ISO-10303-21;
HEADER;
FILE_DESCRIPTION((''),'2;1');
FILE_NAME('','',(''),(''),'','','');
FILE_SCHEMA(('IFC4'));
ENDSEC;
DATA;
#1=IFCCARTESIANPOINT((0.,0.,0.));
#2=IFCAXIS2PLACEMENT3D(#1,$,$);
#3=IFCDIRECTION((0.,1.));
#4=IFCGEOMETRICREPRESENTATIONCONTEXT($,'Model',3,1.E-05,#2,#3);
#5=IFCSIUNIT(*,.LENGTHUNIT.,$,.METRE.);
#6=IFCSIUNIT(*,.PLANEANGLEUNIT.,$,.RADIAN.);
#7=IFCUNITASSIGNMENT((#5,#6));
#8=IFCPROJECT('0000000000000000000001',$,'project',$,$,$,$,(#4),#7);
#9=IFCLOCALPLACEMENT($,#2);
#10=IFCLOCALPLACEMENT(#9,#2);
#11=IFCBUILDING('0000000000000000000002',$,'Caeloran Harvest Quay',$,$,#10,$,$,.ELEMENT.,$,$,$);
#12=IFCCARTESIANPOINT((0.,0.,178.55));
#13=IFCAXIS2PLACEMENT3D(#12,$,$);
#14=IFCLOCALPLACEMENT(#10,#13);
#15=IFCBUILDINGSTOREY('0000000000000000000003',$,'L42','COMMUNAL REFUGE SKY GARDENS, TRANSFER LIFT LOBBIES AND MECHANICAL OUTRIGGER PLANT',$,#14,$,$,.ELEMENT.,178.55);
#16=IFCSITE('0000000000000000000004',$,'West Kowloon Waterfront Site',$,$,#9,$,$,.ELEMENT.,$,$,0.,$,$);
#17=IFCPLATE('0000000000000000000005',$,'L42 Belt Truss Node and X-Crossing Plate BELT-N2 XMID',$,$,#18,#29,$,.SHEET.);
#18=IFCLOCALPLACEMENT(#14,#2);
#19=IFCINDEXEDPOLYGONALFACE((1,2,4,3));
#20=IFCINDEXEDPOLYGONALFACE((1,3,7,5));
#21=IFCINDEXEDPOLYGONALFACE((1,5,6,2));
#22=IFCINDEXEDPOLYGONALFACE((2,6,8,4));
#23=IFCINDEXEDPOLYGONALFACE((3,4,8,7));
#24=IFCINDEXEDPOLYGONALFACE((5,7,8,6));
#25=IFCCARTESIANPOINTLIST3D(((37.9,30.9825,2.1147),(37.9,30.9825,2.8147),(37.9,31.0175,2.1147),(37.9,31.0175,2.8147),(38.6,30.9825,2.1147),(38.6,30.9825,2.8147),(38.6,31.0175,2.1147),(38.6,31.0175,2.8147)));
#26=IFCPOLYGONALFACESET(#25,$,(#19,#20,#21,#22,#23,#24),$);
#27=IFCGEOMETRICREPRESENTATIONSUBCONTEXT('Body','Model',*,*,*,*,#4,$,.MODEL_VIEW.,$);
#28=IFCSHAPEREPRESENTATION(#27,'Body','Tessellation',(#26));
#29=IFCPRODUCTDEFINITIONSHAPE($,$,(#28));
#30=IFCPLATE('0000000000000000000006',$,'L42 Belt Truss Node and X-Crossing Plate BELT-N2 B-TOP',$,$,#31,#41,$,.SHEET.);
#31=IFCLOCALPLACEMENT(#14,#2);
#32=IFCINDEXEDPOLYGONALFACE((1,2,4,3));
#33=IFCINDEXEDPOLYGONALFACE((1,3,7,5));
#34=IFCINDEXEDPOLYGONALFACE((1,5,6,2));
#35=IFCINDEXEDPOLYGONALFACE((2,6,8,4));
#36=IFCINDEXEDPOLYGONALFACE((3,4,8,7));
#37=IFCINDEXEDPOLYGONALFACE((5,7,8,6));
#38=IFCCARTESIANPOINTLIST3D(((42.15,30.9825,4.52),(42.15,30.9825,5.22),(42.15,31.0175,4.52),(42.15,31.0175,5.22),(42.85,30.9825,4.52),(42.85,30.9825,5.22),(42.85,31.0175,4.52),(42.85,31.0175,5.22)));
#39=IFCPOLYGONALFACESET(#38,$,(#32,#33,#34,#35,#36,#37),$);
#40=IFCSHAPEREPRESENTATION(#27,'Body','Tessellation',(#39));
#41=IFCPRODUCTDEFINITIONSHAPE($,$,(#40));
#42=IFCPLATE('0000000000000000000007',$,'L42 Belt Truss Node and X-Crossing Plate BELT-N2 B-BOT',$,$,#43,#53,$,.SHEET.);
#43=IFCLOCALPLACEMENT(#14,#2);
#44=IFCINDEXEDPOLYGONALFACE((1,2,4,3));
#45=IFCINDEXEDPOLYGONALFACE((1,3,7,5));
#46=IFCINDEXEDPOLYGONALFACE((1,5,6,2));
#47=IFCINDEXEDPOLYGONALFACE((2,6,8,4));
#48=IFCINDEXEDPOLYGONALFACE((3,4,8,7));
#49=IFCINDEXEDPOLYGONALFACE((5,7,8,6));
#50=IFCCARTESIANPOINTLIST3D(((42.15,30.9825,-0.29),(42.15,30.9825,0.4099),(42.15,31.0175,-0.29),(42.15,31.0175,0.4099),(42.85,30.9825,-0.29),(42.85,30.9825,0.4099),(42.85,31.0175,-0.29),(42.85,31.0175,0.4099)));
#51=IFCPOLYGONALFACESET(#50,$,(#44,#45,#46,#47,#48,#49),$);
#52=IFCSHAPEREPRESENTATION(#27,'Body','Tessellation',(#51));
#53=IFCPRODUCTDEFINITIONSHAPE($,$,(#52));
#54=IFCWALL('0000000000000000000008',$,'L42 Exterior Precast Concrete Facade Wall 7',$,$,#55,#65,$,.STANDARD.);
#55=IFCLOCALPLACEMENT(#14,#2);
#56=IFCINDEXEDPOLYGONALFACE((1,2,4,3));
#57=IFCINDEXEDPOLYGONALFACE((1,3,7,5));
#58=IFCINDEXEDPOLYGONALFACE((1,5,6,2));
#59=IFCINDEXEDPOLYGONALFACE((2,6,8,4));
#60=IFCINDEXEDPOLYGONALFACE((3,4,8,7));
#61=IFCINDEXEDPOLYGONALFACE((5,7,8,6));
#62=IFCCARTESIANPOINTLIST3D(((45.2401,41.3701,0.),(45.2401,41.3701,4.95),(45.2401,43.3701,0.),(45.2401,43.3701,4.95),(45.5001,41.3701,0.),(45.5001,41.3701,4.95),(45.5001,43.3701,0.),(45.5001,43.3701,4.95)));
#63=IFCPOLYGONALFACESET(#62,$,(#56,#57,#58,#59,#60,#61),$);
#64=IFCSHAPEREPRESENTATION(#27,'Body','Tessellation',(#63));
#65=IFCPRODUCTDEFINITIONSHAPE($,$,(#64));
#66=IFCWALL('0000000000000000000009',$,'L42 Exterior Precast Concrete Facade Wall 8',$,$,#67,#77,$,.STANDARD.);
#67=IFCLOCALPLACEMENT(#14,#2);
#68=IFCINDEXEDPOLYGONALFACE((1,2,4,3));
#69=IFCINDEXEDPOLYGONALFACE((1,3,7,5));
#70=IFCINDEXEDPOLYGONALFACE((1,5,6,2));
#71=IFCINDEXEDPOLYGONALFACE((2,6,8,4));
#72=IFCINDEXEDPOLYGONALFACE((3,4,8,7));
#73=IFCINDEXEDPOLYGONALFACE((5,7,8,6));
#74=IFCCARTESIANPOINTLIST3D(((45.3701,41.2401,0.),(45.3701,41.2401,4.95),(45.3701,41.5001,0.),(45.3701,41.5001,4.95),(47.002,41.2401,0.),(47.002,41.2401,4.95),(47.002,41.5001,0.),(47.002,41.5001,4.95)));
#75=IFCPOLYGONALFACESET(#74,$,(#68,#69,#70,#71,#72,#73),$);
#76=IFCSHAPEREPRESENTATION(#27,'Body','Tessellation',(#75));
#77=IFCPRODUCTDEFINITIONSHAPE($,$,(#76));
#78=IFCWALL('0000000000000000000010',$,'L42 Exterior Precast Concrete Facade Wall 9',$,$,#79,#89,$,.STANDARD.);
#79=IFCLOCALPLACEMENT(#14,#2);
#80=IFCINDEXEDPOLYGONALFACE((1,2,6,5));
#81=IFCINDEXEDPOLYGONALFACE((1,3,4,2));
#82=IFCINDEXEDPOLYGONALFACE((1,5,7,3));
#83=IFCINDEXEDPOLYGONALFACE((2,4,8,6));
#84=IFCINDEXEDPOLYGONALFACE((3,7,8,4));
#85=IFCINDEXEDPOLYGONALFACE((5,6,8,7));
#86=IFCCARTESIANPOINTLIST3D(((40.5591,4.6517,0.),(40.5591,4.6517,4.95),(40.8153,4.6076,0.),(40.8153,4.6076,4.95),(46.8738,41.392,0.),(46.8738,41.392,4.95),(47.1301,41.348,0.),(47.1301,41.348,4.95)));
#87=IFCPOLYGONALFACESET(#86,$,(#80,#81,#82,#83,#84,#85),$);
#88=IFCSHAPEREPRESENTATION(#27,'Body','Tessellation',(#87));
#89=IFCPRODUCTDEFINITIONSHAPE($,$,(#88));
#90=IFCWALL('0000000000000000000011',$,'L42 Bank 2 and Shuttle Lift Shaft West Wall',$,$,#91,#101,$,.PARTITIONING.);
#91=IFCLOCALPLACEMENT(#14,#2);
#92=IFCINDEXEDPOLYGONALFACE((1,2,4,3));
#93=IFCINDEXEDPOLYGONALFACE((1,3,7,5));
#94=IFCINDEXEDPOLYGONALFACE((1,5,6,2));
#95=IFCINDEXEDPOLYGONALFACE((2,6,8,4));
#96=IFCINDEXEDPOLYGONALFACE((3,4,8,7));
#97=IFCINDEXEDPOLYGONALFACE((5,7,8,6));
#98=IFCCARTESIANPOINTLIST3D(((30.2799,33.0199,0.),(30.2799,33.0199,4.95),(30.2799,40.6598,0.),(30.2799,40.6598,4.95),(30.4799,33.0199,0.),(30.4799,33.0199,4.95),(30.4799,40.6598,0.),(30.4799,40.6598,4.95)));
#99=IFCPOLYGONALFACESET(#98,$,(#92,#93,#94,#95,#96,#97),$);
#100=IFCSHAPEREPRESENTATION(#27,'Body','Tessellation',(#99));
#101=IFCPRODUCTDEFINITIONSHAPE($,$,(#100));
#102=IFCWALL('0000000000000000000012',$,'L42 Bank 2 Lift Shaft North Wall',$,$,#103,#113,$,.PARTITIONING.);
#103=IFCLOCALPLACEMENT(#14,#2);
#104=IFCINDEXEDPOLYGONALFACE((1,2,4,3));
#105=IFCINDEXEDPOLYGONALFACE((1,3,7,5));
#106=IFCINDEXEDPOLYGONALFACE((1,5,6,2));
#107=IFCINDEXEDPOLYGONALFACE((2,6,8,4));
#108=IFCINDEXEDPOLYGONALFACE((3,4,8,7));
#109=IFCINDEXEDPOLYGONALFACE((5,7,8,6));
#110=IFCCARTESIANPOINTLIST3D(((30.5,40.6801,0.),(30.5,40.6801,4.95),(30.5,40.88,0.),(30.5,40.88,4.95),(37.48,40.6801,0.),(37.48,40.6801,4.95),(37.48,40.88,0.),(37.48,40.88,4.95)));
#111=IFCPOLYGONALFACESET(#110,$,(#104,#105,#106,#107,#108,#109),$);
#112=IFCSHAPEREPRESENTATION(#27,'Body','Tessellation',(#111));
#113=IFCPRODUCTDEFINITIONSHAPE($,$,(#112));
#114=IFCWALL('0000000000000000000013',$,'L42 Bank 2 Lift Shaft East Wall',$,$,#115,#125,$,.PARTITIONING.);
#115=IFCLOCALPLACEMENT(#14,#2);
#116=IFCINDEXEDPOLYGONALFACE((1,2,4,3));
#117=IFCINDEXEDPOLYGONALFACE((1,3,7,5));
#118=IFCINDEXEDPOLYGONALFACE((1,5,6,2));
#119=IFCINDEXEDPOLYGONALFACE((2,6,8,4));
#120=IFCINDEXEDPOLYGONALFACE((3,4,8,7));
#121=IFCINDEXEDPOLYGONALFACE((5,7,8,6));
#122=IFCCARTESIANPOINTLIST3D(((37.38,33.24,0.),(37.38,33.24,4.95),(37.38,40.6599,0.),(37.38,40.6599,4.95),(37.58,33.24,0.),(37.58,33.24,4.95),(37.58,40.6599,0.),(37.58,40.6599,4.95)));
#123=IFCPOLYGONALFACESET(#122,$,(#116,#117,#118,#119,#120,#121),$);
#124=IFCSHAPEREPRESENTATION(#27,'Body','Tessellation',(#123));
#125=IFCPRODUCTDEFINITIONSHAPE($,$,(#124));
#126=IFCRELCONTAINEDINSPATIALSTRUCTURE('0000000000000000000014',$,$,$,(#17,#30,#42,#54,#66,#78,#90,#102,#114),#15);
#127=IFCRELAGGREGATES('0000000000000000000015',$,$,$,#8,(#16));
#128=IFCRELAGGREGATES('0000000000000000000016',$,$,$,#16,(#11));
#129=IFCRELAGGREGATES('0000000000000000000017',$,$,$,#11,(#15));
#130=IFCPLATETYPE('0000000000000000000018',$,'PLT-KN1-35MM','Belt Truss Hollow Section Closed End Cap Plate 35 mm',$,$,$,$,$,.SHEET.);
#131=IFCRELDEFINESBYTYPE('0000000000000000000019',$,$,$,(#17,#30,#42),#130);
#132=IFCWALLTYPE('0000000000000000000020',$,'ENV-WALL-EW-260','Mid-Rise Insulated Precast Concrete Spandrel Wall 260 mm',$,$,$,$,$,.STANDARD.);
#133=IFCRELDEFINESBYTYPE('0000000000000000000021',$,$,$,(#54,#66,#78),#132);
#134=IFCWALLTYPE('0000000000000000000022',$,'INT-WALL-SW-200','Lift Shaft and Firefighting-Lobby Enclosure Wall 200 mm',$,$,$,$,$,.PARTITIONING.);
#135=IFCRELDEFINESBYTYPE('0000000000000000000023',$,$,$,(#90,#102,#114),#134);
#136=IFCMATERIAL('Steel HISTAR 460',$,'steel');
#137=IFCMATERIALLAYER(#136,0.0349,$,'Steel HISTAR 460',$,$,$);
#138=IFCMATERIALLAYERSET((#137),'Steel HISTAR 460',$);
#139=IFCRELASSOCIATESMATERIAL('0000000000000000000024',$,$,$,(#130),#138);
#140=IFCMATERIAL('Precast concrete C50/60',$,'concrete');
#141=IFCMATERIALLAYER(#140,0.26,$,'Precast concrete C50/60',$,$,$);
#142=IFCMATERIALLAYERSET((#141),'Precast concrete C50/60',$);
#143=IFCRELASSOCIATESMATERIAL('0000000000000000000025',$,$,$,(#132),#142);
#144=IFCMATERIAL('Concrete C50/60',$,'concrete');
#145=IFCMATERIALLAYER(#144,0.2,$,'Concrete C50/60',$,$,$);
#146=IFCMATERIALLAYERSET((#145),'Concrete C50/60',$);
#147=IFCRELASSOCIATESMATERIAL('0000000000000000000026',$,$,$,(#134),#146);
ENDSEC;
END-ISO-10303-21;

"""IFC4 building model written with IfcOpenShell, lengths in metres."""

from ifc_helpers import new_model, si_unit, direction, frame, frame_2d, origin, origin_2d, place, context, subcontext, project, spatial, rectangle, extrude, material, layer, layer_set, type_object, element, save


model = new_model("IFC4")

# Units and contexts
model_context = context("Model", 3, precision=1e-05, world=origin(), true_north=direction((0.0, 1.0)))
body_context = subcontext(model_context, "Body", "Model", "MODEL_VIEW")
ifc_project = project(units=[si_unit("LENGTHUNIT", "METRE"), si_unit("PLANEANGLEUNIT", "RADIAN")], contexts=[model_context])

# Site, building, storey
site_placement = place(None, origin())
site = spatial("IfcSite", under=ifc_project, at=site_placement, Name="West Kowloon Waterfront Site", CompositionType="ELEMENT", RefElevation=0.0)
building_placement = place(site_placement, origin())
building = spatial("IfcBuilding", under=site, at=building_placement, Name="Caeloran Harvest Quay", CompositionType="ELEMENT")
storey_placement = place(building_placement, frame((0.0, 0.0, 178.55)))
storey = spatial("IfcBuildingStorey", under=building, at=storey_placement, Name="L42", Description="COMMUNAL REFUGE SKY GARDENS, TRANSFER LIFT LOBBIES AND MECHANICAL OUTRIGGER PLANT", CompositionType="ELEMENT", Elevation=178.55)

# Shared definitions
ifc_material_1 = material(Name="Steel HISTAR 460", Category="steel")

# Plates
ifc_layer_1 = layer(ifc_material_1, 0.0349, Name="Steel HISTAR 460")
ifc_layer_set_1 = layer_set([ifc_layer_1], Name="Steel HISTAR 460")
plate_type = type_object("IfcPlateType", Name="PLT-KN1-35MM", Description="Belt Truss Hollow Section Closed End Cap Plate 35 mm", PredefinedType="SHEET", material=ifc_layer_set_1)
for number, where, z_axis, x_axis, name in (
    (1, (38.25, 31.0, 2.1147), (0.0, 0.0, 1.0), (1.0, 0.0, 0.0), "L42 Belt Truss Node and X-Crossing Plate BELT-N2 XMID"),
    (2, (42.5, 31.0, 4.52), (0.0, 0.0, 1.0), (1.0, 0.0, 0.0), "L42 Belt Truss Node and X-Crossing Plate BELT-N2 B-TOP"),
    (3, (42.5, 31.0, -0.29), (0.0, 0.0, 1.0), (1.0, 0.0, 0.0), "L42 Belt Truss Node and X-Crossing Plate BELT-N2 B-BOT"),
):
    element("IfcPlate", number, at=place(storey_placement, frame(where, z_axis=z_axis, x_axis=x_axis)), inside=storey, type_object=plate_type, Name=name, PredefinedType="SHEET", context=body_context, shape_type="SweptSolid", body=[
        extrude(rectangle(XDim=0.7, YDim=0.0349, at=origin_2d()), origin(), (0.0, 0.0, 1.0), 0.7),
    ])

# Walls
ifc_material_2 = material(Name="Precast concrete C50/60", Category="concrete")
ifc_layer_2 = layer(ifc_material_2, 0.26, Name="Precast concrete C50/60")
ifc_layer_set_2 = layer_set([ifc_layer_2], Name="Precast concrete C50/60")
wall_type_1 = type_object("IfcWallType", Name="ENV-WALL-EW-260", Description="Mid-Rise Insulated Precast Concrete Spandrel Wall 260 mm", PredefinedType="STANDARD", material=ifc_layer_set_2)
wall_1_placement = place(storey_placement, frame((45.3701, 43.3701, 0.0), z_axis=(0.0, 0.0, 1.0), x_axis=(0.0, -1.0, 0.0)))
element("IfcWall", 4, at=wall_1_placement, inside=storey, type_object=wall_type_1, Name="L42 Exterior Precast Concrete Facade Wall 7", PredefinedType="STANDARD", context=body_context, shape_type="SweptSolid", body=[
    extrude(rectangle(XDim=2.0, YDim=0.26, at=frame_2d((1.0, 0.0))), origin(), (0.0, 0.0, 1.0), 4.95),
])
wall_2_placement = place(storey_placement, frame((45.3701, 41.3701, 0.0), z_axis=(0.0, 0.0, 1.0), x_axis=(1.0, 0.0, 0.0)))
element("IfcWall", 5, at=wall_2_placement, inside=storey, type_object=wall_type_1, Name="L42 Exterior Precast Concrete Facade Wall 8", PredefinedType="STANDARD", context=body_context, shape_type="SweptSolid", body=[
    extrude(rectangle(XDim=1.6318, YDim=0.26, at=frame_2d((0.8159, 0.0))), origin(), (0.0, 0.0, 1.0), 4.95),
])
wall_3_placement = place(storey_placement, frame((47.002, 41.3701, 0.0), z_axis=(0.0, 0.0, 1.0), x_axis=(-0.16939, -0.985549, 0.0)))
element("IfcWall", 6, at=wall_3_placement, inside=storey, type_object=wall_type_1, Name="L42 Exterior Precast Concrete Facade Wall 9", PredefinedType="STANDARD", context=body_context, shape_type="SweptSolid", body=[
    extrude(rectangle(XDim=37.2791, YDim=0.26, at=frame_2d((18.6396, 0.0))), origin(), (0.0, 0.0, 1.0), 4.95),
])
ifc_material_3 = material(Name="Concrete C50/60", Category="concrete")
ifc_layer_3 = layer(ifc_material_3, 0.2, Name="Concrete C50/60")
ifc_layer_set_3 = layer_set([ifc_layer_3], Name="Concrete C50/60")
wall_type_2 = type_object("IfcWallType", Name="INT-WALL-SW-200", Description="Lift Shaft and Firefighting-Lobby Enclosure Wall 200 mm", PredefinedType="PARTITIONING", material=ifc_layer_set_3)
wall_4_placement = place(storey_placement, frame((30.3799, 33.02, 0.0), z_axis=(0.0, 0.0, 1.0), x_axis=(0.0, 1.0, 0.0)))
element("IfcWall", 7, at=wall_4_placement, inside=storey, type_object=wall_type_2, Name="L42 Bank 2 and Shuttle Lift Shaft West Wall", PredefinedType="PARTITIONING", context=body_context, shape_type="SweptSolid", body=[
    extrude(rectangle(XDim=7.6399, YDim=0.2, at=frame_2d((3.8198, 0.0))), origin(), (0.0, 0.0, 1.0), 4.95),
])
wall_5_placement = place(storey_placement, frame((30.5, 40.78, 0.0), z_axis=(0.0, 0.0, 1.0), x_axis=(1.0, 0.0, 0.0)))
element("IfcWall", 8, at=wall_5_placement, inside=storey, type_object=wall_type_2, Name="L42 Bank 2 Lift Shaft North Wall", PredefinedType="PARTITIONING", context=body_context, shape_type="SweptSolid", body=[
    extrude(rectangle(XDim=6.98, YDim=0.2, at=frame_2d((3.49, 0.0))), origin(), (0.0, 0.0, 1.0), 4.95),
])
wall_6_placement = place(storey_placement, frame((37.48, 33.24, 0.0), z_axis=(0.0, 0.0, 1.0), x_axis=(0.0, 1.0, 0.0)))
element("IfcWall", 9, at=wall_6_placement, inside=storey, type_object=wall_type_2, Name="L42 Bank 2 Lift Shaft East Wall", PredefinedType="PARTITIONING", context=body_context, shape_type="SweptSolid", body=[
    extrude(rectangle(XDim=7.4199, YDim=0.2, at=frame_2d((3.71, 0.0))), origin(), (0.0, 0.0, 1.0), 4.95),
])

save(model, "model.ifc")
